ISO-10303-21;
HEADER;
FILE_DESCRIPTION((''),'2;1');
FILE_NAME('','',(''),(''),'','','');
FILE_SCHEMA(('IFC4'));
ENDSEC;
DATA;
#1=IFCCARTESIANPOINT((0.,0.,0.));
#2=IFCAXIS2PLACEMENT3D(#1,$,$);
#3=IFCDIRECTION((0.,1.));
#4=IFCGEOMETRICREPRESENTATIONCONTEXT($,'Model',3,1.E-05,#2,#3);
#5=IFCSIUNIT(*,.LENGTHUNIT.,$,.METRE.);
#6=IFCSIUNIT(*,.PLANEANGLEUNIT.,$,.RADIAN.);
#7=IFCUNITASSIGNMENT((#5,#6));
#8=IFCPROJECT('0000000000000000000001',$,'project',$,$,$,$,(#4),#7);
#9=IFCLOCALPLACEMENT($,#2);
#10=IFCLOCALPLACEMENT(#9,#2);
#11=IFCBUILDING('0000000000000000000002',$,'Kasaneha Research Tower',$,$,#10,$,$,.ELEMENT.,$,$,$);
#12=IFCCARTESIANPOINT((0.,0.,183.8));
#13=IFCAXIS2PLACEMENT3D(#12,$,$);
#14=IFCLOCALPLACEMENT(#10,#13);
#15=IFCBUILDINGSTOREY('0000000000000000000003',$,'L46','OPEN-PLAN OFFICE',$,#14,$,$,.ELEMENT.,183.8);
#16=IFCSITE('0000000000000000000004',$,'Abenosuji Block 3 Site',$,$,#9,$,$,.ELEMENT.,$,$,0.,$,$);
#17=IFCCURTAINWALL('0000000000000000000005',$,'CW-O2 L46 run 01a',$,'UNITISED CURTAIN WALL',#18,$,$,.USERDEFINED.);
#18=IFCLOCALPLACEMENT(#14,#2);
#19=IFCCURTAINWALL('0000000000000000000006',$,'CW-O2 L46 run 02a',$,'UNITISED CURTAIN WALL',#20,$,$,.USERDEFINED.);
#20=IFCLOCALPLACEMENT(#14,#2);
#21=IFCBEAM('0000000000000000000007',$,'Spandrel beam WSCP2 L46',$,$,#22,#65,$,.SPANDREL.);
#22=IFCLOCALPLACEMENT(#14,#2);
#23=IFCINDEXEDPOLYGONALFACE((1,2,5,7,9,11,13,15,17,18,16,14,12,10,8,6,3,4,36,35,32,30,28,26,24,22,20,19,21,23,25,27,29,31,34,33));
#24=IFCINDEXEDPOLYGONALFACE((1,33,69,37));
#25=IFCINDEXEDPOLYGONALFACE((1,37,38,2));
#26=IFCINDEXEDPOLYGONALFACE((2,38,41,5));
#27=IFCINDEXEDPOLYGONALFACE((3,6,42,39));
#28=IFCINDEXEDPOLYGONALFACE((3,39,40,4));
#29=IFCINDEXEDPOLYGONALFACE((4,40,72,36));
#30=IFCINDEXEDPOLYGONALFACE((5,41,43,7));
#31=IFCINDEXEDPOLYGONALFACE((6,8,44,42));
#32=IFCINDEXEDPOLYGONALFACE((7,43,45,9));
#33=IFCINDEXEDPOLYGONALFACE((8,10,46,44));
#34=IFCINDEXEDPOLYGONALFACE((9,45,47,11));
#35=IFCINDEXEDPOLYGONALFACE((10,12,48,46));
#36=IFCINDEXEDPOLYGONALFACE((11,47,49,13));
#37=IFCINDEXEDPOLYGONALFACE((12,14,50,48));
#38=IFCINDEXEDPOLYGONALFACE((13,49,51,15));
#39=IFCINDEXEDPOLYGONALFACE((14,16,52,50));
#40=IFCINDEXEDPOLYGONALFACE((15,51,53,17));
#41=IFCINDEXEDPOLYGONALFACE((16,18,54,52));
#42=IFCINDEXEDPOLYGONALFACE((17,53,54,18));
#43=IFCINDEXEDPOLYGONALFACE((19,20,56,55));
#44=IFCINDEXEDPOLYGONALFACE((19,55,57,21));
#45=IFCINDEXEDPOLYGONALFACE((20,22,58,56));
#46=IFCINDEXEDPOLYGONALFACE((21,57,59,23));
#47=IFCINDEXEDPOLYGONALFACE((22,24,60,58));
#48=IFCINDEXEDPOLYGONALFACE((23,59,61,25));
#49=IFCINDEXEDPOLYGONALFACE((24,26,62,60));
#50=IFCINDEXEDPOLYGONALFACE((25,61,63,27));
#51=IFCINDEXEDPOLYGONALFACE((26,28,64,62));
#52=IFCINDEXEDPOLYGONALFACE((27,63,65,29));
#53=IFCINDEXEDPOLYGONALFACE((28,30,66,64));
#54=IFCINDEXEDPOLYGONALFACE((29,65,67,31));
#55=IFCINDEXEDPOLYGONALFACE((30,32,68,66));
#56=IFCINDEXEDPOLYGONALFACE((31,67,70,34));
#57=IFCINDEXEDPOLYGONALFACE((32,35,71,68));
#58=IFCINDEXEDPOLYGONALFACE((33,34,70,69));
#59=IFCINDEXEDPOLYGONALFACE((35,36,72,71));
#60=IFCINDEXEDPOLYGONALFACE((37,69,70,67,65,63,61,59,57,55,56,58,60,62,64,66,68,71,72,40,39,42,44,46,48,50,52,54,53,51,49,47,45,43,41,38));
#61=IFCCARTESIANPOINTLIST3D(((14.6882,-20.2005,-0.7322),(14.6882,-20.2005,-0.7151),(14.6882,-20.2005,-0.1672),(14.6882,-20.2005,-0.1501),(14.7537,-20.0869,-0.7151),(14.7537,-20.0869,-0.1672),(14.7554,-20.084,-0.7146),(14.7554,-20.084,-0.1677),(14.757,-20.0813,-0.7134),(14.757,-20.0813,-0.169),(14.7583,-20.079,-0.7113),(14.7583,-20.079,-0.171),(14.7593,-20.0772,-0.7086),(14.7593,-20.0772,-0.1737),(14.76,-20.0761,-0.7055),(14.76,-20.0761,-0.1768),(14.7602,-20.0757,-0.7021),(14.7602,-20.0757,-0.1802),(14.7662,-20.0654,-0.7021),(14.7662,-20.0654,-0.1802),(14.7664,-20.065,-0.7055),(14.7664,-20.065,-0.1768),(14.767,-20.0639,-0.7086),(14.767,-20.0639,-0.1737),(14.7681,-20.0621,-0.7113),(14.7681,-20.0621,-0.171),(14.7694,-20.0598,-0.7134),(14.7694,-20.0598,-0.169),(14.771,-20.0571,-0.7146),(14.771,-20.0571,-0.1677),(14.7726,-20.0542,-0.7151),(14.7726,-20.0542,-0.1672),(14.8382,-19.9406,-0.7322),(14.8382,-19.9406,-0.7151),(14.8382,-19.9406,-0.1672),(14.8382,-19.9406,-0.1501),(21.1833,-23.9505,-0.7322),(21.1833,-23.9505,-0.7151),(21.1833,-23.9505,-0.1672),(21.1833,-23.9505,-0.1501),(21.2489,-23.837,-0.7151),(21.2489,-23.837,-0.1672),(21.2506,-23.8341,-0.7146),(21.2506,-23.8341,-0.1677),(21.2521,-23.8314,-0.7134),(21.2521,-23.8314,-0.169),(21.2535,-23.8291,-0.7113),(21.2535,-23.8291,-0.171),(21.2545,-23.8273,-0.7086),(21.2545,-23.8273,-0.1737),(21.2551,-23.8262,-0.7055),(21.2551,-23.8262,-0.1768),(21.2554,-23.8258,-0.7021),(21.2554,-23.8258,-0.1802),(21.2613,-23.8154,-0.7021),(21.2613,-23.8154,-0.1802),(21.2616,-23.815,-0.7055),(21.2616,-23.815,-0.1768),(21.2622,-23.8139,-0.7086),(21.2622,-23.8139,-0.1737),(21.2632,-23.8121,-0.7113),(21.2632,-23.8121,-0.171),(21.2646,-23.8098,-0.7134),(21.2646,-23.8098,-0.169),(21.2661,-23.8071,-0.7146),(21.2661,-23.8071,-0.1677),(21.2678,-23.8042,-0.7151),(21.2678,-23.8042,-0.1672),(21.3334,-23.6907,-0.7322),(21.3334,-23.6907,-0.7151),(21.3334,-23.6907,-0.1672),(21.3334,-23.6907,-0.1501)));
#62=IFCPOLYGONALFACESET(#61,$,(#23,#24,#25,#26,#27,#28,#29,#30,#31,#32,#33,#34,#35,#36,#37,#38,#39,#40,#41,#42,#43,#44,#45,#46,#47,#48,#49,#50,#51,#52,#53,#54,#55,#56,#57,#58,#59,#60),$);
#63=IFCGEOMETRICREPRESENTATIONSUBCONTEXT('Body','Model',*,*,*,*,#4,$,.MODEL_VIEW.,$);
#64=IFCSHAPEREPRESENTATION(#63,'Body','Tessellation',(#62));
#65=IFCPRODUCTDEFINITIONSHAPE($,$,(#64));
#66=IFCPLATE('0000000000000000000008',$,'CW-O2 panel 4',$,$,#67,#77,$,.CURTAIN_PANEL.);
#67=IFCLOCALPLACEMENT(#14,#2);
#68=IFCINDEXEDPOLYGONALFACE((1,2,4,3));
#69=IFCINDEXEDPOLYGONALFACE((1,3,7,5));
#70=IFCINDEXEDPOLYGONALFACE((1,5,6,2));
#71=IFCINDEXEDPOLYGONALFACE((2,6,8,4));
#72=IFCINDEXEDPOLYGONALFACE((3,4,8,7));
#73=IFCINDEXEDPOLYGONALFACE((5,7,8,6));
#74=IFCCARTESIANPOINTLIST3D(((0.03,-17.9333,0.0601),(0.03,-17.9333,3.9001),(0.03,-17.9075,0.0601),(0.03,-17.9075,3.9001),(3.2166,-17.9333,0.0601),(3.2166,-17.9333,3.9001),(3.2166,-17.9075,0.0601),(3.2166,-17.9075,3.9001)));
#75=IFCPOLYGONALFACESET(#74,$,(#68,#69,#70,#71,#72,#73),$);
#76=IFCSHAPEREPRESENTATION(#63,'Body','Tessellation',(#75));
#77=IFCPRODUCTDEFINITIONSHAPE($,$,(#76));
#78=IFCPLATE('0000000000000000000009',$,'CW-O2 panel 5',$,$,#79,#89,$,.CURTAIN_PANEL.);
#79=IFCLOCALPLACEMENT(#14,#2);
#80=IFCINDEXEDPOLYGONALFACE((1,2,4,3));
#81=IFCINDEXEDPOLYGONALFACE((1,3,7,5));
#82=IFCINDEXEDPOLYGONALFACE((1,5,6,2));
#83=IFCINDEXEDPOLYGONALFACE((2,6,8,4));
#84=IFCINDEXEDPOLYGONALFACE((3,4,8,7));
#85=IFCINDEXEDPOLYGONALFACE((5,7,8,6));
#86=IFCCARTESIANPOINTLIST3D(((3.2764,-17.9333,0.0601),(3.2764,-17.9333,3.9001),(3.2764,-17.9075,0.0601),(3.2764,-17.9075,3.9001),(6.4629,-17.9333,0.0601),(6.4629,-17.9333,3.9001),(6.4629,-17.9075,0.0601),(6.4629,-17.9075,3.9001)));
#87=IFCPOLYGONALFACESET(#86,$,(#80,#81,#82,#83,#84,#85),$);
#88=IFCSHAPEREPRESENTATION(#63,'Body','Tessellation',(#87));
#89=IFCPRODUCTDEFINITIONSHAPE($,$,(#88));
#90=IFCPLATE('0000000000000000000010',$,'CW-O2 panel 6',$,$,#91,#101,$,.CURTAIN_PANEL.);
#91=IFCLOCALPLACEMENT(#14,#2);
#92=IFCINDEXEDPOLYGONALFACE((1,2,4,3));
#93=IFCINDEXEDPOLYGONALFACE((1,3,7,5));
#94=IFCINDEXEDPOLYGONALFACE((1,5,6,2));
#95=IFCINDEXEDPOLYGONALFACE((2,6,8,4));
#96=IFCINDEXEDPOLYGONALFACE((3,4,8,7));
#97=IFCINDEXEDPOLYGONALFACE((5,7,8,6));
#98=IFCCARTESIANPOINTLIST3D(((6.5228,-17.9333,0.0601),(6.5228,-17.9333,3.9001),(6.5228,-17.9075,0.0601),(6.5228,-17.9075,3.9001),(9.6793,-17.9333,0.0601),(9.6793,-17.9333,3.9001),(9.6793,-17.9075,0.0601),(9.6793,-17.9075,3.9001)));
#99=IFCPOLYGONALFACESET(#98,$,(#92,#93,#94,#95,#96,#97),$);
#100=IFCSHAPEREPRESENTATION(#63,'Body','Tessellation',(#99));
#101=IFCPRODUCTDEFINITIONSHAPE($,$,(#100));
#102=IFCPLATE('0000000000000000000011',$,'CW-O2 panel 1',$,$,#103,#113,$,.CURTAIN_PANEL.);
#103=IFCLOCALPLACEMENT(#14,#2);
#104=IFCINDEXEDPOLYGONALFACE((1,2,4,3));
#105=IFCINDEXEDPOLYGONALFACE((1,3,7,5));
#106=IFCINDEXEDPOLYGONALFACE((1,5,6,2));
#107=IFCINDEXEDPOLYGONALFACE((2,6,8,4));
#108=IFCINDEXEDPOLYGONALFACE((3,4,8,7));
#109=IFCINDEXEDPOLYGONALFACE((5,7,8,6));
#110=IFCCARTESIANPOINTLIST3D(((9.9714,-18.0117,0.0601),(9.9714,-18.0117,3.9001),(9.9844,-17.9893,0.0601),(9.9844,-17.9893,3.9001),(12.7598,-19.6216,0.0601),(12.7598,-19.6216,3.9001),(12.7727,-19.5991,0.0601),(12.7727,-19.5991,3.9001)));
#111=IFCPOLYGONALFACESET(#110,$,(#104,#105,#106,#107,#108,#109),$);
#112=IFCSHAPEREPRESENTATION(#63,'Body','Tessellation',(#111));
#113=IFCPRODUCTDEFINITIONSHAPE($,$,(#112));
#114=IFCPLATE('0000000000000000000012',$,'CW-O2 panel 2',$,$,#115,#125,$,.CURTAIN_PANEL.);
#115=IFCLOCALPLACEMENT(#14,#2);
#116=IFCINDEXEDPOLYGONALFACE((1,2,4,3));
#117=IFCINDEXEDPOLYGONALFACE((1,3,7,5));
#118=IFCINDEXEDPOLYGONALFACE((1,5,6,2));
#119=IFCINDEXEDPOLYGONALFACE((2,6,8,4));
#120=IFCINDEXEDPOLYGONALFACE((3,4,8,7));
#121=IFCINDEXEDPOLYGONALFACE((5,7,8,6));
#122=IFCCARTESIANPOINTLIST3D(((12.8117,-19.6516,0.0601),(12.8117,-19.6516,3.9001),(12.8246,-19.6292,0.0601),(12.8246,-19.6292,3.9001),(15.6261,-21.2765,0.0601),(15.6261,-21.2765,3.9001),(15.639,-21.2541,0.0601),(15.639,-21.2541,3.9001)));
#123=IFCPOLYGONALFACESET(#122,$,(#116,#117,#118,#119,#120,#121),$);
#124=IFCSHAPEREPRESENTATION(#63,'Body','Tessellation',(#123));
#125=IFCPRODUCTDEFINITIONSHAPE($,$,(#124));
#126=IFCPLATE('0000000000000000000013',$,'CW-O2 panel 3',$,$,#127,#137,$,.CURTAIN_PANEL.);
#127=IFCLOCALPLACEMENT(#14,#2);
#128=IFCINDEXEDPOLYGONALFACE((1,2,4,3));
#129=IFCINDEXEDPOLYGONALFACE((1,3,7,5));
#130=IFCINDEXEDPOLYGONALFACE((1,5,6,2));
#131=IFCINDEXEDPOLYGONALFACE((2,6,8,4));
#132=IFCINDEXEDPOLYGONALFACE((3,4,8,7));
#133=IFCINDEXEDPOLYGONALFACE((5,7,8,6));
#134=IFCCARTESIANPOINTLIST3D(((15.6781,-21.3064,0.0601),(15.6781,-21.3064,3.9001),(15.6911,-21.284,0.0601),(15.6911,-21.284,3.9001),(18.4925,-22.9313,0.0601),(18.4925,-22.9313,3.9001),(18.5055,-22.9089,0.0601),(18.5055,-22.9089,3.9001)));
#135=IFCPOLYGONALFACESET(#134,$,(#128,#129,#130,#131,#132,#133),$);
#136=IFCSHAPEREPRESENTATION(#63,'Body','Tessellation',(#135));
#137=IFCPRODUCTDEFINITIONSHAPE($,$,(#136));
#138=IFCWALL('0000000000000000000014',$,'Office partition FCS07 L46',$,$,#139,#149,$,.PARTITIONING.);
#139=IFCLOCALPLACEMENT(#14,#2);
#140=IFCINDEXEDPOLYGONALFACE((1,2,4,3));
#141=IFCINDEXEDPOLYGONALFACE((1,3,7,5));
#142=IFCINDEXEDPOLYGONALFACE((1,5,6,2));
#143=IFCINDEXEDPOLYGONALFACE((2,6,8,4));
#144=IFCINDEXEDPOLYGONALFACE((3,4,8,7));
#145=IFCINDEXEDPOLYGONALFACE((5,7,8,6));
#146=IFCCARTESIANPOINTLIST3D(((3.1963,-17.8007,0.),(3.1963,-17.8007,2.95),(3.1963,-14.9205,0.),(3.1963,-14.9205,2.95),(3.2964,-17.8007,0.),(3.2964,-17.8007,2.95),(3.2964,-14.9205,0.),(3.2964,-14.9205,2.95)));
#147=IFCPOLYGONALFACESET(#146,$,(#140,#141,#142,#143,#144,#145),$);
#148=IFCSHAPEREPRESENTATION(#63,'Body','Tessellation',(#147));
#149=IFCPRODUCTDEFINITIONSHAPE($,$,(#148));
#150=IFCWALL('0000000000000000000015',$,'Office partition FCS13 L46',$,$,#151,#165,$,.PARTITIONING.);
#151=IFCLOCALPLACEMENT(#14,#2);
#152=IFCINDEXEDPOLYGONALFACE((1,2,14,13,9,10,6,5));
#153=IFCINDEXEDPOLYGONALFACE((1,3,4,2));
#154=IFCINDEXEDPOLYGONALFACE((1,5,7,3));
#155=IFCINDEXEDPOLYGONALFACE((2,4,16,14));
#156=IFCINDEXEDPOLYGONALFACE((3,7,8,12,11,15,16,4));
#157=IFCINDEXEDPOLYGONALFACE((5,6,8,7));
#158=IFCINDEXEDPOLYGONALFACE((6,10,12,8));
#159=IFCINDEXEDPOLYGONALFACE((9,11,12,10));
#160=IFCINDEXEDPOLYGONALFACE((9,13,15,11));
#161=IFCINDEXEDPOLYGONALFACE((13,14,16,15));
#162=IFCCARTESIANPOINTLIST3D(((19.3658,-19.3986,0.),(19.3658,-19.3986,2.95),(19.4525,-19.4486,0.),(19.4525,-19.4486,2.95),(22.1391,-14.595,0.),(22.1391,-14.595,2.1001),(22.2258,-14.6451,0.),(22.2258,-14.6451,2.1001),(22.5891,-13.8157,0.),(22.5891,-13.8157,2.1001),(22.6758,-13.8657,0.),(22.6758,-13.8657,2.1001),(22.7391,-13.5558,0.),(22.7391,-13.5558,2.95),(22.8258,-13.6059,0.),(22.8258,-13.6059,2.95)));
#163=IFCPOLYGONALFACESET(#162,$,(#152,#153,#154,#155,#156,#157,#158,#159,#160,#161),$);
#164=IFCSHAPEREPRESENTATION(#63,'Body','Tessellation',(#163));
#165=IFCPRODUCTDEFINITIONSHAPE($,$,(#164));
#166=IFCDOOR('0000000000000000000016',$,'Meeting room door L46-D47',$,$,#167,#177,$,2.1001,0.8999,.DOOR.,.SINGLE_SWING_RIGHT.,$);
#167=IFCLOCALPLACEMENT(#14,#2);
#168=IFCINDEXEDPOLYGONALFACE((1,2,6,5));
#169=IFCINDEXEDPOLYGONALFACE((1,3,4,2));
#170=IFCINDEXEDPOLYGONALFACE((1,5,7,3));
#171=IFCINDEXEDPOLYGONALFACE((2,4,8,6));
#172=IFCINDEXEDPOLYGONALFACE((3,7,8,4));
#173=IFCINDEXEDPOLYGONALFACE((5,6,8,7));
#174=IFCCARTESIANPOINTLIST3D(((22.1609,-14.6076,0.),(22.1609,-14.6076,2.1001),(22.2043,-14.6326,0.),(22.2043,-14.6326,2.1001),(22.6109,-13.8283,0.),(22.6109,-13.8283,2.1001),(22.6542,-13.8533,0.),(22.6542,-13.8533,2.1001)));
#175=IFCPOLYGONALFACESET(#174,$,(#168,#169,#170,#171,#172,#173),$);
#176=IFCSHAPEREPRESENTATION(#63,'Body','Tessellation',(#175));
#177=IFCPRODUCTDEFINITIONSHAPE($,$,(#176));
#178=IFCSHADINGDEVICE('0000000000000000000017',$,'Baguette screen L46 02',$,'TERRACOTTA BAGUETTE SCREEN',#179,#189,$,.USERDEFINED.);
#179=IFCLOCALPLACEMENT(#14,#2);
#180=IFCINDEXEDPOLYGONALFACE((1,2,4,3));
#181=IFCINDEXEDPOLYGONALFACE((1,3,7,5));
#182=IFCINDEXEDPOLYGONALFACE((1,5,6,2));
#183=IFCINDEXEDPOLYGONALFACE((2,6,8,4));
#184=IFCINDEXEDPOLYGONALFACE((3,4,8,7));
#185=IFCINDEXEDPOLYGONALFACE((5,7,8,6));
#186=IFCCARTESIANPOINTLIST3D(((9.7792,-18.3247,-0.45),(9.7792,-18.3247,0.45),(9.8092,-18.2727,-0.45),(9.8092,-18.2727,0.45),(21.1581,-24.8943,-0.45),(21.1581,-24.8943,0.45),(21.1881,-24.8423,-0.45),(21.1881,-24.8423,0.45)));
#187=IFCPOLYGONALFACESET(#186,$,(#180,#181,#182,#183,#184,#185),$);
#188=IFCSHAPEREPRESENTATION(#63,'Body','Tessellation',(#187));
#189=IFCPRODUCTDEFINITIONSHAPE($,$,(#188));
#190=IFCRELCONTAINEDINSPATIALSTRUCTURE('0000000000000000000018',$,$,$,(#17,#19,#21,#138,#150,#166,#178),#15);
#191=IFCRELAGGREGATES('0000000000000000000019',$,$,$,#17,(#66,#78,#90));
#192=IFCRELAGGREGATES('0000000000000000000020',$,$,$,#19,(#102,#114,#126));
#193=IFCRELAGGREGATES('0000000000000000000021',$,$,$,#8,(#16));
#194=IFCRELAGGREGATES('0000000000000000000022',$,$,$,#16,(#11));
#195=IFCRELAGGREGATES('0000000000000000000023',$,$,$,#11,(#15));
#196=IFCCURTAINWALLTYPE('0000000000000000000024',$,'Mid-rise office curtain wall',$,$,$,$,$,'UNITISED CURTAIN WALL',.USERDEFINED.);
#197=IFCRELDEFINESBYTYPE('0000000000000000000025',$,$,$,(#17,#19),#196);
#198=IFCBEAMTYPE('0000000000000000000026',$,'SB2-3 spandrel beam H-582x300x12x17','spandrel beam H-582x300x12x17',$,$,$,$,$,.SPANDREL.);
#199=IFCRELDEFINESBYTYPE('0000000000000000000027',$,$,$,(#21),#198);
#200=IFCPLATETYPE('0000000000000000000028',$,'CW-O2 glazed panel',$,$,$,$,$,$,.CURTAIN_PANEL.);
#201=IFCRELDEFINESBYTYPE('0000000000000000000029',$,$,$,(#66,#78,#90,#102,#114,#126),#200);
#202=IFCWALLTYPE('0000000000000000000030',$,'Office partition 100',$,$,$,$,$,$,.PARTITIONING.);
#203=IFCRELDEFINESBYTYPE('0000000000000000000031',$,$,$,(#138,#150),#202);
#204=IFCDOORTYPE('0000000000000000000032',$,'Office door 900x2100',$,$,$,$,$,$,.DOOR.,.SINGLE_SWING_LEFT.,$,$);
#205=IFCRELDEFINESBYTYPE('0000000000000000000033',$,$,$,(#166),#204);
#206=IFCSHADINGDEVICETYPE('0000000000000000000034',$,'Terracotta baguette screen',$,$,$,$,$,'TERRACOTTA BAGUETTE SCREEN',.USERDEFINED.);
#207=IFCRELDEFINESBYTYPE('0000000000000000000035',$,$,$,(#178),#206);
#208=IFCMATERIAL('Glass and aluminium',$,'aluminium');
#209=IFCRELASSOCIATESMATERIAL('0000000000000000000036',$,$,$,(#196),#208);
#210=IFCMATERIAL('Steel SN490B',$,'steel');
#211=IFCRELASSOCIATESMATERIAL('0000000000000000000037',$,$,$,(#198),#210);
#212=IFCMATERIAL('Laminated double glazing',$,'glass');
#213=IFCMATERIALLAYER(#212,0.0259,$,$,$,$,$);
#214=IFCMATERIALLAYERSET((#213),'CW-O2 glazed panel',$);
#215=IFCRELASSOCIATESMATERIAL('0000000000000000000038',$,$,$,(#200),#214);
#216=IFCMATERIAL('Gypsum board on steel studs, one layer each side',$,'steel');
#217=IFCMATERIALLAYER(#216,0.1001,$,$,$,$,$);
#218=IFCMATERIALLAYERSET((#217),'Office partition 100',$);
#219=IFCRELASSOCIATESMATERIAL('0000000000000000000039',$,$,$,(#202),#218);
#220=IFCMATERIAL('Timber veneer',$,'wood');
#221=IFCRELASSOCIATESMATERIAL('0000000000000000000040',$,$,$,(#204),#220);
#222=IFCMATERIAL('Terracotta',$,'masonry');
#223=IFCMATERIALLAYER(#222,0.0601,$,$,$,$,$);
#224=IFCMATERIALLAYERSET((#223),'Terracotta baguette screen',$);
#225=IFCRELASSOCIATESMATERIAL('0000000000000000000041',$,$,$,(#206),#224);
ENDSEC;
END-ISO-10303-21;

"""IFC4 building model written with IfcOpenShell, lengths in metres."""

from ifc_helpers import new_model, si_unit, direction, frame, frame_2d, origin, origin_2d, place, context, subcontext, project, spatial, rectangle, i_section, extrude, material, layer, layer_set, material_profile, profile_set, type_object, element, fill, aggregate, save


model = new_model("IFC4")

# Units and contexts
model_context = context("Model", 3, precision=1e-05, world=origin(), true_north=direction((0.0, 1.0)))
body_context = subcontext(model_context, "Body", "Model", "MODEL_VIEW")
ifc_project = project(units=[si_unit("LENGTHUNIT", "METRE"), si_unit("PLANEANGLEUNIT", "RADIAN")], contexts=[model_context])

# Site, building, storey
site_placement = place(None, origin())
site = spatial("IfcSite", under=ifc_project, at=site_placement, Name="Abenosuji Block 3 Site", CompositionType="ELEMENT", RefElevation=0.0)
building_placement = place(site_placement, origin())
building = spatial("IfcBuilding", under=site, at=building_placement, Name="Kasaneha Research Tower", CompositionType="ELEMENT")
storey_placement = place(building_placement, frame((0.0, 0.0, 183.8)))
storey = spatial("IfcBuildingStorey", under=building, at=storey_placement, Name="L46", Description="OPEN-PLAN OFFICE", CompositionType="ELEMENT", Elevation=183.8)

# Curtain walls
ifc_material_1 = material(Name="Glass and aluminium", Category="aluminium")
curtain_wall_type = type_object("IfcCurtainWallType", Name="Mid-rise office curtain wall", ElementType="UNITISED CURTAIN WALL", PredefinedType="USERDEFINED", material=ifc_material_1)
curtain_wall_1_placement = place(storey_placement, origin())
curtain_wall_1 = element("IfcCurtainWall", 1, at=curtain_wall_1_placement, inside=storey, type_object=curtain_wall_type, Name="CW-O2 L46 run 01a", ObjectType="UNITISED CURTAIN WALL", PredefinedType="USERDEFINED")
curtain_wall_2_placement = place(storey_placement, origin())
curtain_wall_2 = element("IfcCurtainWall", 2, at=curtain_wall_2_placement, inside=storey, type_object=curtain_wall_type, Name="CW-O2 L46 run 02a", ObjectType="UNITISED CURTAIN WALL", PredefinedType="USERDEFINED")

# Beam
ifc_material_2 = material(Name="Steel SN490B", Category="steel")
ifc_material_profile_1 = material_profile(ifc_material_2, i_section(OverallWidth=0.3, OverallDepth=0.582, WebThickness=0.012, FlangeThickness=0.0171, FilletRadius=0.0129, at=origin_2d()), Name="H-582x300x12x17")
ifc_profile_set_1 = profile_set([ifc_material_profile_1], Name="Steel SN490B")
beam_type_1 = type_object("IfcBeamType", Name="SB2-3 spandrel beam H-582x300x12x17", Description="spandrel beam H-582x300x12x17", PredefinedType="SPANDREL", material=ifc_profile_set_1)
beam_1_placement = place(storey_placement, frame((14.7632, -20.0706, -0.4412), z_axis=(0.866023, -0.500004, 0.0), x_axis=(0.500004, 0.866023, 0.0)))
element("IfcBeam", 3, at=beam_1_placement, inside=storey, type_object=beam_type_1, Name="Spandrel beam WSCP2 L46", PredefinedType="SPANDREL", context=body_context, shape_type="SweptSolid", body=[
    extrude(i_section(OverallWidth=0.3, OverallDepth=0.582, WebThickness=0.012, FlangeThickness=0.0171, FilletRadius=0.0129, at=origin_2d()), origin(), (0.0, 0.0, 1.0), 7.5),
])

# Plates
ifc_material_3 = material(Name="Laminated double glazing", Category="glass")
ifc_layer_1 = layer(ifc_material_3, 0.0259)
ifc_layer_set_1 = layer_set([ifc_layer_1], Name="CW-O2 glazed panel")
plate_type = type_object("IfcPlateType", Name="CW-O2 glazed panel", PredefinedType="CURTAIN_PANEL", material=ifc_layer_set_1)
plate_1_placement = place(storey_placement, frame((1.6233, -17.9204, 0.0601), z_axis=(0.0, 0.0, 1.0), x_axis=(1.0, 0.0, 0.0)))
plate_1 = element("IfcPlate", 4, at=plate_1_placement, type_object=plate_type, Name="CW-O2 panel 4", PredefinedType="CURTAIN_PANEL", context=body_context, shape_type="SweptSolid", body=[
    extrude(rectangle(XDim=3.1865, YDim=0.0259, at=origin_2d()), origin(), (0.0, 0.0, 1.0), 3.8401),
])
plate_2_placement = place(storey_placement, frame((4.8696, -17.9204, 0.0601), z_axis=(0.0, 0.0, 1.0), x_axis=(1.0, 0.0, 0.0)))
plate_2 = element("IfcPlate", 5, at=plate_2_placement, type_object=plate_type, Name="CW-O2 panel 5", PredefinedType="CURTAIN_PANEL", context=body_context, shape_type="SweptSolid", body=[
    extrude(rectangle(XDim=3.1865, YDim=0.0259, at=origin_2d()), origin(), (0.0, 0.0, 1.0), 3.8401),
])
plate_3_placement = place(storey_placement, frame((8.1011, -17.9204, 0.0601), z_axis=(0.0, 0.0, 1.0), x_axis=(1.0, 0.0, 0.0)))
plate_3 = element("IfcPlate", 6, at=plate_3_placement, type_object=plate_type, Name="CW-O2 panel 6", PredefinedType="CURTAIN_PANEL", context=body_context, shape_type="SweptSolid", body=[
    extrude(rectangle(XDim=3.1565, YDim=0.0259, at=origin_2d()), origin(), (0.0, 0.0, 1.0), 3.8401),
])
aggregate(curtain_wall_1, [plate_1, plate_2, plate_3])
plate_4_placement = place(storey_placement, frame((11.3721, -18.8054, 0.0601), z_axis=(0.0, 0.0, 1.0), x_axis=(0.866025, -0.5, 0.0)))
plate_4 = element("IfcPlate", 7, at=plate_4_placement, type_object=plate_type, Name="CW-O2 panel 1", PredefinedType="CURTAIN_PANEL", context=body_context, shape_type="SweptSolid", body=[
    extrude(rectangle(XDim=3.2197, YDim=0.0259, at=origin_2d()), origin(), (0.0, 0.0, 1.0), 3.8401),
])
plate_5_placement = place(storey_placement, frame((14.2253, -20.4529, 0.0601), z_axis=(0.0, 0.0, 1.0), x_axis=(0.866025, -0.5, 0.0)))
plate_5 = element("IfcPlate", 8, at=plate_5_placement, type_object=plate_type, Name="CW-O2 panel 2", PredefinedType="CURTAIN_PANEL", context=body_context, shape_type="SweptSolid", body=[
    extrude(rectangle(XDim=3.2498, YDim=0.0259, at=origin_2d()), origin(), (0.0, 0.0, 1.0), 3.8401),
])
plate_6_placement = place(storey_placement, frame((17.0918, -22.1077, 0.0601), z_axis=(0.0, 0.0, 1.0), x_axis=(0.866025, -0.5, 0.0)))
plate_6 = element("IfcPlate", 9, at=plate_6_placement, type_object=plate_type, Name="CW-O2 panel 3", PredefinedType="CURTAIN_PANEL", context=body_context, shape_type="SweptSolid", body=[
    extrude(rectangle(XDim=3.2498, YDim=0.0259, at=origin_2d()), origin(), (0.0, 0.0, 1.0), 3.8401),
])
aggregate(curtain_wall_2, [plate_4, plate_5, plate_6])

# Wall
ifc_material_4 = material(Name="Gypsum board on steel studs, one layer each side", Category="steel")
ifc_layer_2 = layer(ifc_material_4, 0.1001)
ifc_layer_set_2 = layer_set([ifc_layer_2], Name="Office partition 100")
wall_type = type_object("IfcWallType", Name="Office partition 100", PredefinedType="PARTITIONING", material=ifc_layer_set_2)
wall_1_placement = place(storey_placement, frame((3.2463, -17.8005, 0.0), z_axis=(0.0, 0.0, 1.0), x_axis=(0.0, 1.0, 0.0)))
element("IfcWall", 10, at=wall_1_placement, inside=storey, type_object=wall_type, Name="Office partition FCS07 L46", PredefinedType="PARTITIONING", context=body_context, shape_type="SweptSolid", body=[
    extrude(rectangle(XDim=2.8801, YDim=0.1001, at=frame_2d((1.4399, 0.0))), origin(), (0.0, 0.0, 1.0), 2.95),
])

# Wall, opening, door
wall_2_placement = place(storey_placement, frame((19.4092, -19.4236, 0.0), z_axis=(0.0, 0.0, 1.0), x_axis=(0.499996, 0.866028, 0.0)))
wall_2 = element("IfcWall", 11, at=wall_2_placement, inside=storey, type_object=wall_type, Name="Office partition FCS13 L46", PredefinedType="PARTITIONING", context=body_context, shape_type="SweptSolid", body=[
    extrude(rectangle(XDim=6.7466, YDim=0.1001, at=frame_2d((3.3733, 0.0))), origin(), (0.0, 0.0, 1.0), 2.95),
])
opening_placement = place(wall_2_placement, frame((5.5466, 0.0, 0.0)))
opening = element("IfcOpeningElement", 12, at=opening_placement, cuts=wall_2, PredefinedType="OPENING", context=body_context, shape_type="SweptSolid", body=[
    extrude(rectangle(XDim=0.8999, YDim=2.1001, at=frame_2d((0.45, 1.05))), frame((0.0, 0.0601, 0.0), z_axis=(0.0, -1.0, 0.0), x_axis=(1.0, 0.0, 0.0)), (0.0, 0.0, 1.0), 0.1201),
])
ifc_material_5 = material(Name="Timber veneer", Category="wood")
door_type = type_object("IfcDoorType", Name="Office door 900x2100", OperationType="SINGLE_SWING_LEFT", PredefinedType="DOOR", material=ifc_material_5)
door_placement = place(opening_placement, origin())
door = element("IfcDoor", 13, at=door_placement, inside=storey, type_object=door_type, Name="Meeting room door L46-D47", OperationType="SINGLE_SWING_RIGHT", OverallHeight=2.1001, OverallWidth=0.8999, PredefinedType="DOOR", context=body_context, shape_type="SweptSolid", body=[
    extrude(rectangle(XDim=0.8999, YDim=2.1001, at=frame_2d((0.45, 1.05))), frame((0.0, 0.0249, 0.0), z_axis=(0.0, -1.0, 0.0), x_axis=(1.0, 0.0, 0.0)), (0.0, 0.0, 1.0), 0.05),
])
fill(opening, door)

# Shading device
ifc_material_6 = material(Name="Terracotta", Category="masonry")
ifc_layer_3 = layer(ifc_material_6, 0.0601)
ifc_layer_set_3 = layer_set([ifc_layer_3], Name="Terracotta baguette screen")
shading_device_type = type_object("IfcShadingDeviceType", Name="Terracotta baguette screen", ElementType="TERRACOTTA BAGUETTE SCREEN", PredefinedType="USERDEFINED", material=ifc_layer_set_3)
shading_device_placement = place(storey_placement, frame((15.4836, -21.5835, -0.45), z_axis=(0.0, 0.0, 1.0), x_axis=(0.866025, -0.5, 0.0)))
element("IfcShadingDevice", 14, at=shading_device_placement, inside=storey, type_object=shading_device_type, Name="Baguette screen L46 02", ObjectType="TERRACOTTA BAGUETTE SCREEN", PredefinedType="USERDEFINED", context=body_context, shape_type="SweptSolid", body=[
    extrude(rectangle(XDim=13.1392, YDim=0.0601, at=origin_2d()), origin(), (0.0, 0.0, 1.0), 0.8999),
])

save(model, "model.ifc")
